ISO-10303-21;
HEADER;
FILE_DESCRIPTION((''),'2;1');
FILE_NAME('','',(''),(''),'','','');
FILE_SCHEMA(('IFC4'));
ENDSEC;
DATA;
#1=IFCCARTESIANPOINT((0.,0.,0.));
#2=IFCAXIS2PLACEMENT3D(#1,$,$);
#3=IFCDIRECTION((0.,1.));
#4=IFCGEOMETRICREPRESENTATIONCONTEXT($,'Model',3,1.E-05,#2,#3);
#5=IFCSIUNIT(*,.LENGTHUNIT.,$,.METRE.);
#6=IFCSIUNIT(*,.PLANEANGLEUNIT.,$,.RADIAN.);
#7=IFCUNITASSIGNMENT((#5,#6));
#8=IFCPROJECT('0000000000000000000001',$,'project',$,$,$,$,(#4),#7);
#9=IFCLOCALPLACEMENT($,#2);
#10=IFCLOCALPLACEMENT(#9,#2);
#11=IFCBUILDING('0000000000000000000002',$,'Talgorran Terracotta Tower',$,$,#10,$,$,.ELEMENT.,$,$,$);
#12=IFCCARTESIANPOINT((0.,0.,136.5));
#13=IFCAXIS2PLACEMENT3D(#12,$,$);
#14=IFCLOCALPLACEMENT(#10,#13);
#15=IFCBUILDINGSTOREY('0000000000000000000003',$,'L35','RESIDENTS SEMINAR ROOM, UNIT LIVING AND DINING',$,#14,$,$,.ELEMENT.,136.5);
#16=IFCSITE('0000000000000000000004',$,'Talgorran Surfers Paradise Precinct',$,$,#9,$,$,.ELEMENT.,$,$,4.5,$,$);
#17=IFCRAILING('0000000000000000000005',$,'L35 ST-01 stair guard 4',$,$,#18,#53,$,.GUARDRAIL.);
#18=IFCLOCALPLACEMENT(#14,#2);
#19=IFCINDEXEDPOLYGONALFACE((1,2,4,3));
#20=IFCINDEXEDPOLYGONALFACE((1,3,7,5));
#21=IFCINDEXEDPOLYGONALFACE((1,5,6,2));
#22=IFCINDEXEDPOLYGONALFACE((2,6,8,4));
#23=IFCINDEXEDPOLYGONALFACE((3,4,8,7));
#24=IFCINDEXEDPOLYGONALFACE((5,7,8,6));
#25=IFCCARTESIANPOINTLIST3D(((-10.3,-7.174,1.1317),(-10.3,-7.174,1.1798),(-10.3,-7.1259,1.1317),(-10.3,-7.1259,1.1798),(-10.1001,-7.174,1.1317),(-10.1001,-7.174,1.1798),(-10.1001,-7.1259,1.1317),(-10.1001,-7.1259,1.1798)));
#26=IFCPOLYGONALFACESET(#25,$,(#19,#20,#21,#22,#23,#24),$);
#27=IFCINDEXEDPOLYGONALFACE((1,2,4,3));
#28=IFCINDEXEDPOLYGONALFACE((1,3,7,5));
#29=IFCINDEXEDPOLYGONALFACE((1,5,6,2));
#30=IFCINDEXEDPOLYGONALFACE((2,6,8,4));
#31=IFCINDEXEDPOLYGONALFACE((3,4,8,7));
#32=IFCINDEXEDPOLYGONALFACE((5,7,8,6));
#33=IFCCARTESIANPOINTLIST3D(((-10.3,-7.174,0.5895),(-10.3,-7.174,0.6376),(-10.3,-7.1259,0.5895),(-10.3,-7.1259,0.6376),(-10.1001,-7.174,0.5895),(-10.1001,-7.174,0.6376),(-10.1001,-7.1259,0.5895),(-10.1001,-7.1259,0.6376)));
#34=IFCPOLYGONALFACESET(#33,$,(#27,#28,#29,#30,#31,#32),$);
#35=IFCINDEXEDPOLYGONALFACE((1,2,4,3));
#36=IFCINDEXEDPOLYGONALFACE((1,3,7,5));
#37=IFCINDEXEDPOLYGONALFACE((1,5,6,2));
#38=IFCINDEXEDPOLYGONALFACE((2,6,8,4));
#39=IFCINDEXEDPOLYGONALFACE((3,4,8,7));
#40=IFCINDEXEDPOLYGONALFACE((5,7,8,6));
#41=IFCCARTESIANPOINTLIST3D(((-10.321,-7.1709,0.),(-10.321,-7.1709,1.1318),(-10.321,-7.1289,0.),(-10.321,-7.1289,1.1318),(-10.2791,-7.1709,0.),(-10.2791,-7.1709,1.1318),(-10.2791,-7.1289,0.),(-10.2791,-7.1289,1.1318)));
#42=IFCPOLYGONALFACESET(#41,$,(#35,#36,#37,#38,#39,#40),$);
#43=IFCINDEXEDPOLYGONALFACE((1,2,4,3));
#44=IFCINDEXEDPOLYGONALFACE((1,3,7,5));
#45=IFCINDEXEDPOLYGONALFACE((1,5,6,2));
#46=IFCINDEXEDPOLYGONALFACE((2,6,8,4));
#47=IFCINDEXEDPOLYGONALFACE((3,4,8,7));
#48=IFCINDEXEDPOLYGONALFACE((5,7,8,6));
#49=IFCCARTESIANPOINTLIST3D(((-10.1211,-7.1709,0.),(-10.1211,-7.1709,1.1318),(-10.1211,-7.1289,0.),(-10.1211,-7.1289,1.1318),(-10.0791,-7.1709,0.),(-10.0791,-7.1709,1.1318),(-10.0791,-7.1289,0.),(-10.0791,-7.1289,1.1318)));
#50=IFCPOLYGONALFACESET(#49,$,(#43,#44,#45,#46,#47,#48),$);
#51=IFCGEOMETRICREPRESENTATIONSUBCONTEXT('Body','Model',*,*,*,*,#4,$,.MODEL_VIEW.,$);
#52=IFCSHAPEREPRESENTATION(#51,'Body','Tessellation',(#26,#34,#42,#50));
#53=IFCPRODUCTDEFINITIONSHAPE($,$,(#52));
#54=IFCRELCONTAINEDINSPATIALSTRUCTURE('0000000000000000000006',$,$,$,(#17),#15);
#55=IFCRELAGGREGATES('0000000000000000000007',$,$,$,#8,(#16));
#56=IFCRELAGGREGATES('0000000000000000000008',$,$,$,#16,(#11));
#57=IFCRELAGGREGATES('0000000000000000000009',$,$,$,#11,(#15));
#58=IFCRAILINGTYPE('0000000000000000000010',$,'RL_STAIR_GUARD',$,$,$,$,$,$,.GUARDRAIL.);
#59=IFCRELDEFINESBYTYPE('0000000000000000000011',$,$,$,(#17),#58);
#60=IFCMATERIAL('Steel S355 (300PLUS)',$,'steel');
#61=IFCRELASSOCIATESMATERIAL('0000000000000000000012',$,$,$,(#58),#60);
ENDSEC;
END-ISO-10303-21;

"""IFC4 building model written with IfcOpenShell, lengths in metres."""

from ifc_helpers import new_model, si_unit, direction, frame, origin, origin_2d, place, context, subcontext, project, spatial, rectangle, extrude, material, type_object, element, save


model = new_model("IFC4")

# Units and contexts
model_context = context("Model", 3, precision=1e-05, world=origin(), true_north=direction((0.0, 1.0)))
body_context = subcontext(model_context, "Body", "Model", "MODEL_VIEW")
ifc_project = project(units=[si_unit("LENGTHUNIT", "METRE"), si_unit("PLANEANGLEUNIT", "RADIAN")], contexts=[model_context])

# Site, building, storey
site_placement = place(None, origin())
site = spatial("IfcSite", under=ifc_project, at=site_placement, Name="Talgorran Surfers Paradise Precinct", CompositionType="ELEMENT", RefElevation=4.5)
building_placement = place(site_placement, origin())
building = spatial("IfcBuilding", under=site, at=building_placement, Name="Talgorran Terracotta Tower", CompositionType="ELEMENT")
storey_placement = place(building_placement, frame((0.0, 0.0, 136.5)))
storey = spatial("IfcBuildingStorey", under=building, at=storey_placement, Name="L35", Description="RESIDENTS SEMINAR ROOM, UNIT LIVING AND DINING", CompositionType="ELEMENT", Elevation=136.5)

# Shared definitions
ifc_material_1 = material(Name="Steel S355 (300PLUS)", Category="steel")

# Railing
railing_type_1 = type_object("IfcRailingType", Name="RL_STAIR_GUARD", PredefinedType="GUARDRAIL", material=ifc_material_1)
railing_1_placement = place(storey_placement, frame((-10.3, -7.1499, 0.0)))
element("IfcRailing", 1, at=railing_1_placement, inside=storey, type_object=railing_type_1, Name="L35 ST-01 stair guard 4", PredefinedType="GUARDRAIL", context=body_context, shape_type="SweptSolid", body=[
    extrude(rectangle(XDim=0.0481, YDim=0.0481, at=origin_2d()), frame((0.0, 0.0, 1.1558), z_axis=(1.0, 0.0, 0.0), x_axis=(0.0, 1.0, 0.0)), (0.0, 0.0, 1.0), 0.2),
    extrude(rectangle(XDim=0.0481, YDim=0.0481, at=origin_2d()), frame((0.0, 0.0, 0.6135), z_axis=(1.0, 0.0, 0.0), x_axis=(0.0, 1.0, 0.0)), (0.0, 0.0, 1.0), 0.2),
    extrude(rectangle(XDim=0.042, YDim=0.042, at=origin_2d()), origin(), (0.0, 0.0, 1.0), 1.1318),
    extrude(rectangle(XDim=0.042, YDim=0.042, at=origin_2d()), frame((0.2, 0.0, 0.0)), (0.0, 0.0, 1.0), 1.1318),
])

save(model, "model.ifc")
